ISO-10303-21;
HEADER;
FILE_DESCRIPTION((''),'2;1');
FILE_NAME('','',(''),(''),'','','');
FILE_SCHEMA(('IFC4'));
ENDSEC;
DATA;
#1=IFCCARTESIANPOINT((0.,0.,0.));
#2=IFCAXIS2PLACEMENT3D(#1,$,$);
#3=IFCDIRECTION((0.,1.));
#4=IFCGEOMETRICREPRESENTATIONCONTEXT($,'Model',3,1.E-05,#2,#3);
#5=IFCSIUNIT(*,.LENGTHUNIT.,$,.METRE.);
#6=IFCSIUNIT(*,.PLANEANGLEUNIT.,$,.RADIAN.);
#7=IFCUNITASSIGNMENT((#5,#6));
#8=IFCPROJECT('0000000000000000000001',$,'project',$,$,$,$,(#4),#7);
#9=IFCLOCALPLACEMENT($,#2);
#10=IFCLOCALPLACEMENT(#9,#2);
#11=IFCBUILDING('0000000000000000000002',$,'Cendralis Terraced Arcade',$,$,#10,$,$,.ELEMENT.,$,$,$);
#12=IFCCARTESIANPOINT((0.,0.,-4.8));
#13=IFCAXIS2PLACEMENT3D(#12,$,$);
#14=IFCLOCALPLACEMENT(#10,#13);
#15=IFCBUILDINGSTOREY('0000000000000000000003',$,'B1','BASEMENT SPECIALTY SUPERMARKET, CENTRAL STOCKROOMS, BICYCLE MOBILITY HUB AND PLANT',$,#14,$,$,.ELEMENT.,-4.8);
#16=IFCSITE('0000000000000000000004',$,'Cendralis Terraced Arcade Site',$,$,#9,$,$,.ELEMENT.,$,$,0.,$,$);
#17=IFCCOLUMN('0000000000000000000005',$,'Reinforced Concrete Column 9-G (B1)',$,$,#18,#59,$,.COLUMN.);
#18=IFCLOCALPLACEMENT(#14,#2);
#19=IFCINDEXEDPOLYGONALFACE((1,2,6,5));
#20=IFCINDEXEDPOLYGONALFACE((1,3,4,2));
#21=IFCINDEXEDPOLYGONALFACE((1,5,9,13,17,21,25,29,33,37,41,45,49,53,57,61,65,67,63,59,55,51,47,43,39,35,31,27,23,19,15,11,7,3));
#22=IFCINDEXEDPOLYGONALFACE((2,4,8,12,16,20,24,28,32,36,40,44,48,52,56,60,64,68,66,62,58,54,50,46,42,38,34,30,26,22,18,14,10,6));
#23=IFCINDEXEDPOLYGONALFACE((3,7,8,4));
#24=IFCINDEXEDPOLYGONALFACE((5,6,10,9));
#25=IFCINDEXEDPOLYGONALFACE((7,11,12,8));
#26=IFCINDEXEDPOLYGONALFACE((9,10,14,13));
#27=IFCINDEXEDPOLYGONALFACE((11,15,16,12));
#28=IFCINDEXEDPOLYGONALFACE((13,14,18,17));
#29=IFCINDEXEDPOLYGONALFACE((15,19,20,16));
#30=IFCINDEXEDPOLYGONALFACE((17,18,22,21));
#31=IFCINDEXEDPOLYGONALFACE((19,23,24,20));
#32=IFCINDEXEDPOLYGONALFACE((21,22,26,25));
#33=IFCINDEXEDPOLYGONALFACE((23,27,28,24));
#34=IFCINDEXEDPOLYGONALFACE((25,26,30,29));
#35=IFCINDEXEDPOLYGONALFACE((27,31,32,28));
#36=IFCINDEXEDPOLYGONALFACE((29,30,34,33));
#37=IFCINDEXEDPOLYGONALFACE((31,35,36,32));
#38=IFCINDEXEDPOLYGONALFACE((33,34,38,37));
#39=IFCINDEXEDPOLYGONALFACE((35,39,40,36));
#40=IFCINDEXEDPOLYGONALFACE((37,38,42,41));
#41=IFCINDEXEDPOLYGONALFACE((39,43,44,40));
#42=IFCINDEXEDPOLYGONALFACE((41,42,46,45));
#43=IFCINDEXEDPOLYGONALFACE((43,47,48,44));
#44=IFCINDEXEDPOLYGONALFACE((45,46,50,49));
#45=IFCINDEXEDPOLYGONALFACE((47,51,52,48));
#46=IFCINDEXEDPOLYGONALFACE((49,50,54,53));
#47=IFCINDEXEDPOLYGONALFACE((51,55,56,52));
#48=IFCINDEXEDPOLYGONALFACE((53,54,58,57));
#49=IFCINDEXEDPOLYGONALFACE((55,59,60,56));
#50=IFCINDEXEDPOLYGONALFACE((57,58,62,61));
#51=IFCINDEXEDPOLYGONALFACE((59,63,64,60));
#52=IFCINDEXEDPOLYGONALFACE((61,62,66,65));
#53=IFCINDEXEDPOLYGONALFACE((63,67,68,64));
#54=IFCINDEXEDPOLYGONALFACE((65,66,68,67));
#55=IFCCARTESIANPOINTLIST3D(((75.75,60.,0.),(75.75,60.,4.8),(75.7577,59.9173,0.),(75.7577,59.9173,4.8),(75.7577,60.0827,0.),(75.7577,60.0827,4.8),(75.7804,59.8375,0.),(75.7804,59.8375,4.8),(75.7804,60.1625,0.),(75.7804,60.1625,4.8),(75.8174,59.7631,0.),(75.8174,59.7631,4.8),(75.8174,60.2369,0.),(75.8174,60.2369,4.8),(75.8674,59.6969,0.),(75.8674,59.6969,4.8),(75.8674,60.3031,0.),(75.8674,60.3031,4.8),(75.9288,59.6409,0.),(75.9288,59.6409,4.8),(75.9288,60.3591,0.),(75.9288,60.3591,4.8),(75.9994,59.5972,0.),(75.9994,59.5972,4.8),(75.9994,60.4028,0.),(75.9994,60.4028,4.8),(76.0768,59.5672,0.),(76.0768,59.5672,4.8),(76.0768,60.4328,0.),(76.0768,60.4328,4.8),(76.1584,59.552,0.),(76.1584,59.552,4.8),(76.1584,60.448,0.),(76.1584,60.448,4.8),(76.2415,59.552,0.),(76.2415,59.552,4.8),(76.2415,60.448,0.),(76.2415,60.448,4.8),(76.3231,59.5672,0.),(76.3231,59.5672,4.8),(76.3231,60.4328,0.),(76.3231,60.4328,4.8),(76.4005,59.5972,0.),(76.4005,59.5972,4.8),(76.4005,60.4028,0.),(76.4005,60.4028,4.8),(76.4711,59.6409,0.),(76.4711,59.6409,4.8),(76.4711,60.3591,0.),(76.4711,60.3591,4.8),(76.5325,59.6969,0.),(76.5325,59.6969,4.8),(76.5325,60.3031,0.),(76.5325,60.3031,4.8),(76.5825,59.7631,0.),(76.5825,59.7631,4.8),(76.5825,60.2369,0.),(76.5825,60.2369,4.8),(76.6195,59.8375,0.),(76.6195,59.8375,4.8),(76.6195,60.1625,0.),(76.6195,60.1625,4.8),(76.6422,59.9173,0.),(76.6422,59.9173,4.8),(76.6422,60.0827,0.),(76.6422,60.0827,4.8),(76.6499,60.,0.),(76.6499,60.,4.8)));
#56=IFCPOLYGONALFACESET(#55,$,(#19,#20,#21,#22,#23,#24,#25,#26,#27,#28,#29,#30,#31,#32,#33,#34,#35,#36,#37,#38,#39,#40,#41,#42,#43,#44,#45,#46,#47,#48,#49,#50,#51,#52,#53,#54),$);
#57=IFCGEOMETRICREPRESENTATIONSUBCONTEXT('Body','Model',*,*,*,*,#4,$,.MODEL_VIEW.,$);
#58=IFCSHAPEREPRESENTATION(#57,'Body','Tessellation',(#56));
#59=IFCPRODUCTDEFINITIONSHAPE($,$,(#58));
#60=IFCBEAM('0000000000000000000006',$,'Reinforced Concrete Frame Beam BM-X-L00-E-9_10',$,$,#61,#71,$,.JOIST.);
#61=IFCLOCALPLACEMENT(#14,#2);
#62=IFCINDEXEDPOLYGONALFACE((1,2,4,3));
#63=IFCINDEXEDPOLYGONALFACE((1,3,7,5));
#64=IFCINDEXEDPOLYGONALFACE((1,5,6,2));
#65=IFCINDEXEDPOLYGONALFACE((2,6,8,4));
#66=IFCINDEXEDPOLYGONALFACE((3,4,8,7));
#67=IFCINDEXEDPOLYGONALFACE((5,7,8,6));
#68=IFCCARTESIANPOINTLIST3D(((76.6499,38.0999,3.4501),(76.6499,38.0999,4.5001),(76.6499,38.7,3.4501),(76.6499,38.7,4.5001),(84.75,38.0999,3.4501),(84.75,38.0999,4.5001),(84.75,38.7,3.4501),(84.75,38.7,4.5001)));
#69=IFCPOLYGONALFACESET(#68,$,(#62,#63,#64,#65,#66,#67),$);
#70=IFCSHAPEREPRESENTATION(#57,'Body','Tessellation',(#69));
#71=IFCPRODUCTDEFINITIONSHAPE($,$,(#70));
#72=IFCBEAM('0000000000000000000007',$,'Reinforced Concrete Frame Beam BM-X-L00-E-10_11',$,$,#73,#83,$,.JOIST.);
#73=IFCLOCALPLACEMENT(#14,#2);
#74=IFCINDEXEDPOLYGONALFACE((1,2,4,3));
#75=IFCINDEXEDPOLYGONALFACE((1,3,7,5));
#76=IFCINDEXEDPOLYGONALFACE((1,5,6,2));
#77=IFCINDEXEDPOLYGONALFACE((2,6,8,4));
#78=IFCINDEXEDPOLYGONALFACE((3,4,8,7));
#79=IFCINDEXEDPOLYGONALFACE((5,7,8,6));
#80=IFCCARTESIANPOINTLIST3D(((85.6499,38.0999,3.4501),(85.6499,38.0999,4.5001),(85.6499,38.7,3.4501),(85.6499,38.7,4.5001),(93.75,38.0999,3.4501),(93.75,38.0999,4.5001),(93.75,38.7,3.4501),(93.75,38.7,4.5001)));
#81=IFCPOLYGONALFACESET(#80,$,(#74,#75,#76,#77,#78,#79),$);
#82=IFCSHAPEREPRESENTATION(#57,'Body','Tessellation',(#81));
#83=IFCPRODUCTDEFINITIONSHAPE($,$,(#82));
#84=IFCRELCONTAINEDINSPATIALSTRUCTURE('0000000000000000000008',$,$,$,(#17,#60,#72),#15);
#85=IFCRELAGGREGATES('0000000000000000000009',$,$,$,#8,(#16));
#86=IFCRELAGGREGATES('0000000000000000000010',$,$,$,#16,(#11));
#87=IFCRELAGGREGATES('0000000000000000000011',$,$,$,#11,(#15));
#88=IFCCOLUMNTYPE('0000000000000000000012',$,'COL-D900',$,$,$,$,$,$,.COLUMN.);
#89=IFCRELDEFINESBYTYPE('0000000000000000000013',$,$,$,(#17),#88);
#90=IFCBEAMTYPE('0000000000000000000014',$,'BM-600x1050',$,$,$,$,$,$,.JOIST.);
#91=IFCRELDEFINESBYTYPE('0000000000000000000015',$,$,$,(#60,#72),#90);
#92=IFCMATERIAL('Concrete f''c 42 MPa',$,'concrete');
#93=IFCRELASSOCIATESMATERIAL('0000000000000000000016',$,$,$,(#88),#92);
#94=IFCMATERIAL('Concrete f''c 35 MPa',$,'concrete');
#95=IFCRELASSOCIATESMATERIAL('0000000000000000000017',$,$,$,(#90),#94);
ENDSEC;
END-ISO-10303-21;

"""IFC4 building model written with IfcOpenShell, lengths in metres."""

from ifc_helpers import new_model, si_unit, direction, frame, origin, origin_2d, place, context, subcontext, project, spatial, rectangle, circle, extrude, material, material_profile, profile_set, type_object, element, save


model = new_model("IFC4")

# Units and contexts
model_context = context("Model", 3, precision=1e-05, world=origin(), true_north=direction((0.0, 1.0)))
body_context = subcontext(model_context, "Body", "Model", "MODEL_VIEW")
ifc_project = project(units=[si_unit("LENGTHUNIT", "METRE"), si_unit("PLANEANGLEUNIT", "RADIAN")], contexts=[model_context])

# Site, building, storey
site_placement = place(None, origin())
site = spatial("IfcSite", under=ifc_project, at=site_placement, Name="Cendralis Terraced Arcade Site", CompositionType="ELEMENT", RefElevation=0.0)
building_placement = place(site_placement, origin())
building = spatial("IfcBuilding", under=site, at=building_placement, Name="Cendralis Terraced Arcade", CompositionType="ELEMENT")
storey_placement = place(building_placement, frame((0.0, 0.0, -4.8)))
storey = spatial("IfcBuildingStorey", under=building, at=storey_placement, Name="B1", Description="BASEMENT SPECIALTY SUPERMARKET, CENTRAL STOCKROOMS, BICYCLE MOBILITY HUB AND PLANT", CompositionType="ELEMENT", Elevation=-4.8)

# Shared definitions
ifc_material_1 = material(Name="Concrete f'c 35 MPa", Category="concrete")

# Column
ifc_material_2 = material(Name="Concrete f'c 42 MPa", Category="concrete")
ifc_material_profile_1 = material_profile(ifc_material_2, circle(Radius=0.45, at=origin_2d()), Name="RC-COL-D900", Category="LoadBearing")
ifc_profile_set_1 = profile_set([ifc_material_profile_1], Name="Concrete f'c 42 MPa")
column_type = type_object("IfcColumnType", Name="COL-D900", PredefinedType="COLUMN", material=ifc_profile_set_1)
for number, where, z_axis, x_axis, name in (
    (1, (76.2, 60.0, 0.0), (0.0, 0.0, 1.0), (1.0, 0.0, 0.0), "Reinforced Concrete Column 9-G (B1)"),
):
    element("IfcColumn", number, at=place(storey_placement, frame(where, z_axis=z_axis, x_axis=x_axis)), inside=storey, type_object=column_type, Name=name, PredefinedType="COLUMN", context=body_context, shape_type="SweptSolid", body=[
        extrude(circle(Radius=0.45, at=origin_2d()), origin(), (0.0, 0.0, 1.0), 4.8),
    ])

# Beams
ifc_material_profile_2 = material_profile(ifc_material_1, rectangle(XDim=0.6001, YDim=1.05, at=origin_2d()), Name="RC-BM-600x1050", Category="LoadBearing")
ifc_profile_set_2 = profile_set([ifc_material_profile_2], Name="Concrete f'c 35 MPa")
beam_type = type_object("IfcBeamType", Name="BM-600x1050", PredefinedType="JOIST", material=ifc_profile_set_2)
for number, where, z_axis, x_axis, name in (
    (2, (76.6499, 38.3999, 3.9751), (1.0, 0.0, 0.0), (0.0, 1.0, 0.0), "Reinforced Concrete Frame Beam BM-X-L00-E-9_10"),
    (3, (85.6499, 38.3999, 3.9751), (1.0, 0.0, 0.0), (0.0, 1.0, 0.0), "Reinforced Concrete Frame Beam BM-X-L00-E-10_11"),
):
    element("IfcBeam", number, at=place(storey_placement, frame(where, z_axis=z_axis, x_axis=x_axis)), inside=storey, type_object=beam_type, Name=name, PredefinedType="JOIST", context=body_context, shape_type="SweptSolid", body=[
        extrude(rectangle(XDim=0.6001, YDim=1.05, at=origin_2d()), origin(), (0.0, 0.0, 1.0), 8.1001),
    ])

save(model, "model.ifc")
